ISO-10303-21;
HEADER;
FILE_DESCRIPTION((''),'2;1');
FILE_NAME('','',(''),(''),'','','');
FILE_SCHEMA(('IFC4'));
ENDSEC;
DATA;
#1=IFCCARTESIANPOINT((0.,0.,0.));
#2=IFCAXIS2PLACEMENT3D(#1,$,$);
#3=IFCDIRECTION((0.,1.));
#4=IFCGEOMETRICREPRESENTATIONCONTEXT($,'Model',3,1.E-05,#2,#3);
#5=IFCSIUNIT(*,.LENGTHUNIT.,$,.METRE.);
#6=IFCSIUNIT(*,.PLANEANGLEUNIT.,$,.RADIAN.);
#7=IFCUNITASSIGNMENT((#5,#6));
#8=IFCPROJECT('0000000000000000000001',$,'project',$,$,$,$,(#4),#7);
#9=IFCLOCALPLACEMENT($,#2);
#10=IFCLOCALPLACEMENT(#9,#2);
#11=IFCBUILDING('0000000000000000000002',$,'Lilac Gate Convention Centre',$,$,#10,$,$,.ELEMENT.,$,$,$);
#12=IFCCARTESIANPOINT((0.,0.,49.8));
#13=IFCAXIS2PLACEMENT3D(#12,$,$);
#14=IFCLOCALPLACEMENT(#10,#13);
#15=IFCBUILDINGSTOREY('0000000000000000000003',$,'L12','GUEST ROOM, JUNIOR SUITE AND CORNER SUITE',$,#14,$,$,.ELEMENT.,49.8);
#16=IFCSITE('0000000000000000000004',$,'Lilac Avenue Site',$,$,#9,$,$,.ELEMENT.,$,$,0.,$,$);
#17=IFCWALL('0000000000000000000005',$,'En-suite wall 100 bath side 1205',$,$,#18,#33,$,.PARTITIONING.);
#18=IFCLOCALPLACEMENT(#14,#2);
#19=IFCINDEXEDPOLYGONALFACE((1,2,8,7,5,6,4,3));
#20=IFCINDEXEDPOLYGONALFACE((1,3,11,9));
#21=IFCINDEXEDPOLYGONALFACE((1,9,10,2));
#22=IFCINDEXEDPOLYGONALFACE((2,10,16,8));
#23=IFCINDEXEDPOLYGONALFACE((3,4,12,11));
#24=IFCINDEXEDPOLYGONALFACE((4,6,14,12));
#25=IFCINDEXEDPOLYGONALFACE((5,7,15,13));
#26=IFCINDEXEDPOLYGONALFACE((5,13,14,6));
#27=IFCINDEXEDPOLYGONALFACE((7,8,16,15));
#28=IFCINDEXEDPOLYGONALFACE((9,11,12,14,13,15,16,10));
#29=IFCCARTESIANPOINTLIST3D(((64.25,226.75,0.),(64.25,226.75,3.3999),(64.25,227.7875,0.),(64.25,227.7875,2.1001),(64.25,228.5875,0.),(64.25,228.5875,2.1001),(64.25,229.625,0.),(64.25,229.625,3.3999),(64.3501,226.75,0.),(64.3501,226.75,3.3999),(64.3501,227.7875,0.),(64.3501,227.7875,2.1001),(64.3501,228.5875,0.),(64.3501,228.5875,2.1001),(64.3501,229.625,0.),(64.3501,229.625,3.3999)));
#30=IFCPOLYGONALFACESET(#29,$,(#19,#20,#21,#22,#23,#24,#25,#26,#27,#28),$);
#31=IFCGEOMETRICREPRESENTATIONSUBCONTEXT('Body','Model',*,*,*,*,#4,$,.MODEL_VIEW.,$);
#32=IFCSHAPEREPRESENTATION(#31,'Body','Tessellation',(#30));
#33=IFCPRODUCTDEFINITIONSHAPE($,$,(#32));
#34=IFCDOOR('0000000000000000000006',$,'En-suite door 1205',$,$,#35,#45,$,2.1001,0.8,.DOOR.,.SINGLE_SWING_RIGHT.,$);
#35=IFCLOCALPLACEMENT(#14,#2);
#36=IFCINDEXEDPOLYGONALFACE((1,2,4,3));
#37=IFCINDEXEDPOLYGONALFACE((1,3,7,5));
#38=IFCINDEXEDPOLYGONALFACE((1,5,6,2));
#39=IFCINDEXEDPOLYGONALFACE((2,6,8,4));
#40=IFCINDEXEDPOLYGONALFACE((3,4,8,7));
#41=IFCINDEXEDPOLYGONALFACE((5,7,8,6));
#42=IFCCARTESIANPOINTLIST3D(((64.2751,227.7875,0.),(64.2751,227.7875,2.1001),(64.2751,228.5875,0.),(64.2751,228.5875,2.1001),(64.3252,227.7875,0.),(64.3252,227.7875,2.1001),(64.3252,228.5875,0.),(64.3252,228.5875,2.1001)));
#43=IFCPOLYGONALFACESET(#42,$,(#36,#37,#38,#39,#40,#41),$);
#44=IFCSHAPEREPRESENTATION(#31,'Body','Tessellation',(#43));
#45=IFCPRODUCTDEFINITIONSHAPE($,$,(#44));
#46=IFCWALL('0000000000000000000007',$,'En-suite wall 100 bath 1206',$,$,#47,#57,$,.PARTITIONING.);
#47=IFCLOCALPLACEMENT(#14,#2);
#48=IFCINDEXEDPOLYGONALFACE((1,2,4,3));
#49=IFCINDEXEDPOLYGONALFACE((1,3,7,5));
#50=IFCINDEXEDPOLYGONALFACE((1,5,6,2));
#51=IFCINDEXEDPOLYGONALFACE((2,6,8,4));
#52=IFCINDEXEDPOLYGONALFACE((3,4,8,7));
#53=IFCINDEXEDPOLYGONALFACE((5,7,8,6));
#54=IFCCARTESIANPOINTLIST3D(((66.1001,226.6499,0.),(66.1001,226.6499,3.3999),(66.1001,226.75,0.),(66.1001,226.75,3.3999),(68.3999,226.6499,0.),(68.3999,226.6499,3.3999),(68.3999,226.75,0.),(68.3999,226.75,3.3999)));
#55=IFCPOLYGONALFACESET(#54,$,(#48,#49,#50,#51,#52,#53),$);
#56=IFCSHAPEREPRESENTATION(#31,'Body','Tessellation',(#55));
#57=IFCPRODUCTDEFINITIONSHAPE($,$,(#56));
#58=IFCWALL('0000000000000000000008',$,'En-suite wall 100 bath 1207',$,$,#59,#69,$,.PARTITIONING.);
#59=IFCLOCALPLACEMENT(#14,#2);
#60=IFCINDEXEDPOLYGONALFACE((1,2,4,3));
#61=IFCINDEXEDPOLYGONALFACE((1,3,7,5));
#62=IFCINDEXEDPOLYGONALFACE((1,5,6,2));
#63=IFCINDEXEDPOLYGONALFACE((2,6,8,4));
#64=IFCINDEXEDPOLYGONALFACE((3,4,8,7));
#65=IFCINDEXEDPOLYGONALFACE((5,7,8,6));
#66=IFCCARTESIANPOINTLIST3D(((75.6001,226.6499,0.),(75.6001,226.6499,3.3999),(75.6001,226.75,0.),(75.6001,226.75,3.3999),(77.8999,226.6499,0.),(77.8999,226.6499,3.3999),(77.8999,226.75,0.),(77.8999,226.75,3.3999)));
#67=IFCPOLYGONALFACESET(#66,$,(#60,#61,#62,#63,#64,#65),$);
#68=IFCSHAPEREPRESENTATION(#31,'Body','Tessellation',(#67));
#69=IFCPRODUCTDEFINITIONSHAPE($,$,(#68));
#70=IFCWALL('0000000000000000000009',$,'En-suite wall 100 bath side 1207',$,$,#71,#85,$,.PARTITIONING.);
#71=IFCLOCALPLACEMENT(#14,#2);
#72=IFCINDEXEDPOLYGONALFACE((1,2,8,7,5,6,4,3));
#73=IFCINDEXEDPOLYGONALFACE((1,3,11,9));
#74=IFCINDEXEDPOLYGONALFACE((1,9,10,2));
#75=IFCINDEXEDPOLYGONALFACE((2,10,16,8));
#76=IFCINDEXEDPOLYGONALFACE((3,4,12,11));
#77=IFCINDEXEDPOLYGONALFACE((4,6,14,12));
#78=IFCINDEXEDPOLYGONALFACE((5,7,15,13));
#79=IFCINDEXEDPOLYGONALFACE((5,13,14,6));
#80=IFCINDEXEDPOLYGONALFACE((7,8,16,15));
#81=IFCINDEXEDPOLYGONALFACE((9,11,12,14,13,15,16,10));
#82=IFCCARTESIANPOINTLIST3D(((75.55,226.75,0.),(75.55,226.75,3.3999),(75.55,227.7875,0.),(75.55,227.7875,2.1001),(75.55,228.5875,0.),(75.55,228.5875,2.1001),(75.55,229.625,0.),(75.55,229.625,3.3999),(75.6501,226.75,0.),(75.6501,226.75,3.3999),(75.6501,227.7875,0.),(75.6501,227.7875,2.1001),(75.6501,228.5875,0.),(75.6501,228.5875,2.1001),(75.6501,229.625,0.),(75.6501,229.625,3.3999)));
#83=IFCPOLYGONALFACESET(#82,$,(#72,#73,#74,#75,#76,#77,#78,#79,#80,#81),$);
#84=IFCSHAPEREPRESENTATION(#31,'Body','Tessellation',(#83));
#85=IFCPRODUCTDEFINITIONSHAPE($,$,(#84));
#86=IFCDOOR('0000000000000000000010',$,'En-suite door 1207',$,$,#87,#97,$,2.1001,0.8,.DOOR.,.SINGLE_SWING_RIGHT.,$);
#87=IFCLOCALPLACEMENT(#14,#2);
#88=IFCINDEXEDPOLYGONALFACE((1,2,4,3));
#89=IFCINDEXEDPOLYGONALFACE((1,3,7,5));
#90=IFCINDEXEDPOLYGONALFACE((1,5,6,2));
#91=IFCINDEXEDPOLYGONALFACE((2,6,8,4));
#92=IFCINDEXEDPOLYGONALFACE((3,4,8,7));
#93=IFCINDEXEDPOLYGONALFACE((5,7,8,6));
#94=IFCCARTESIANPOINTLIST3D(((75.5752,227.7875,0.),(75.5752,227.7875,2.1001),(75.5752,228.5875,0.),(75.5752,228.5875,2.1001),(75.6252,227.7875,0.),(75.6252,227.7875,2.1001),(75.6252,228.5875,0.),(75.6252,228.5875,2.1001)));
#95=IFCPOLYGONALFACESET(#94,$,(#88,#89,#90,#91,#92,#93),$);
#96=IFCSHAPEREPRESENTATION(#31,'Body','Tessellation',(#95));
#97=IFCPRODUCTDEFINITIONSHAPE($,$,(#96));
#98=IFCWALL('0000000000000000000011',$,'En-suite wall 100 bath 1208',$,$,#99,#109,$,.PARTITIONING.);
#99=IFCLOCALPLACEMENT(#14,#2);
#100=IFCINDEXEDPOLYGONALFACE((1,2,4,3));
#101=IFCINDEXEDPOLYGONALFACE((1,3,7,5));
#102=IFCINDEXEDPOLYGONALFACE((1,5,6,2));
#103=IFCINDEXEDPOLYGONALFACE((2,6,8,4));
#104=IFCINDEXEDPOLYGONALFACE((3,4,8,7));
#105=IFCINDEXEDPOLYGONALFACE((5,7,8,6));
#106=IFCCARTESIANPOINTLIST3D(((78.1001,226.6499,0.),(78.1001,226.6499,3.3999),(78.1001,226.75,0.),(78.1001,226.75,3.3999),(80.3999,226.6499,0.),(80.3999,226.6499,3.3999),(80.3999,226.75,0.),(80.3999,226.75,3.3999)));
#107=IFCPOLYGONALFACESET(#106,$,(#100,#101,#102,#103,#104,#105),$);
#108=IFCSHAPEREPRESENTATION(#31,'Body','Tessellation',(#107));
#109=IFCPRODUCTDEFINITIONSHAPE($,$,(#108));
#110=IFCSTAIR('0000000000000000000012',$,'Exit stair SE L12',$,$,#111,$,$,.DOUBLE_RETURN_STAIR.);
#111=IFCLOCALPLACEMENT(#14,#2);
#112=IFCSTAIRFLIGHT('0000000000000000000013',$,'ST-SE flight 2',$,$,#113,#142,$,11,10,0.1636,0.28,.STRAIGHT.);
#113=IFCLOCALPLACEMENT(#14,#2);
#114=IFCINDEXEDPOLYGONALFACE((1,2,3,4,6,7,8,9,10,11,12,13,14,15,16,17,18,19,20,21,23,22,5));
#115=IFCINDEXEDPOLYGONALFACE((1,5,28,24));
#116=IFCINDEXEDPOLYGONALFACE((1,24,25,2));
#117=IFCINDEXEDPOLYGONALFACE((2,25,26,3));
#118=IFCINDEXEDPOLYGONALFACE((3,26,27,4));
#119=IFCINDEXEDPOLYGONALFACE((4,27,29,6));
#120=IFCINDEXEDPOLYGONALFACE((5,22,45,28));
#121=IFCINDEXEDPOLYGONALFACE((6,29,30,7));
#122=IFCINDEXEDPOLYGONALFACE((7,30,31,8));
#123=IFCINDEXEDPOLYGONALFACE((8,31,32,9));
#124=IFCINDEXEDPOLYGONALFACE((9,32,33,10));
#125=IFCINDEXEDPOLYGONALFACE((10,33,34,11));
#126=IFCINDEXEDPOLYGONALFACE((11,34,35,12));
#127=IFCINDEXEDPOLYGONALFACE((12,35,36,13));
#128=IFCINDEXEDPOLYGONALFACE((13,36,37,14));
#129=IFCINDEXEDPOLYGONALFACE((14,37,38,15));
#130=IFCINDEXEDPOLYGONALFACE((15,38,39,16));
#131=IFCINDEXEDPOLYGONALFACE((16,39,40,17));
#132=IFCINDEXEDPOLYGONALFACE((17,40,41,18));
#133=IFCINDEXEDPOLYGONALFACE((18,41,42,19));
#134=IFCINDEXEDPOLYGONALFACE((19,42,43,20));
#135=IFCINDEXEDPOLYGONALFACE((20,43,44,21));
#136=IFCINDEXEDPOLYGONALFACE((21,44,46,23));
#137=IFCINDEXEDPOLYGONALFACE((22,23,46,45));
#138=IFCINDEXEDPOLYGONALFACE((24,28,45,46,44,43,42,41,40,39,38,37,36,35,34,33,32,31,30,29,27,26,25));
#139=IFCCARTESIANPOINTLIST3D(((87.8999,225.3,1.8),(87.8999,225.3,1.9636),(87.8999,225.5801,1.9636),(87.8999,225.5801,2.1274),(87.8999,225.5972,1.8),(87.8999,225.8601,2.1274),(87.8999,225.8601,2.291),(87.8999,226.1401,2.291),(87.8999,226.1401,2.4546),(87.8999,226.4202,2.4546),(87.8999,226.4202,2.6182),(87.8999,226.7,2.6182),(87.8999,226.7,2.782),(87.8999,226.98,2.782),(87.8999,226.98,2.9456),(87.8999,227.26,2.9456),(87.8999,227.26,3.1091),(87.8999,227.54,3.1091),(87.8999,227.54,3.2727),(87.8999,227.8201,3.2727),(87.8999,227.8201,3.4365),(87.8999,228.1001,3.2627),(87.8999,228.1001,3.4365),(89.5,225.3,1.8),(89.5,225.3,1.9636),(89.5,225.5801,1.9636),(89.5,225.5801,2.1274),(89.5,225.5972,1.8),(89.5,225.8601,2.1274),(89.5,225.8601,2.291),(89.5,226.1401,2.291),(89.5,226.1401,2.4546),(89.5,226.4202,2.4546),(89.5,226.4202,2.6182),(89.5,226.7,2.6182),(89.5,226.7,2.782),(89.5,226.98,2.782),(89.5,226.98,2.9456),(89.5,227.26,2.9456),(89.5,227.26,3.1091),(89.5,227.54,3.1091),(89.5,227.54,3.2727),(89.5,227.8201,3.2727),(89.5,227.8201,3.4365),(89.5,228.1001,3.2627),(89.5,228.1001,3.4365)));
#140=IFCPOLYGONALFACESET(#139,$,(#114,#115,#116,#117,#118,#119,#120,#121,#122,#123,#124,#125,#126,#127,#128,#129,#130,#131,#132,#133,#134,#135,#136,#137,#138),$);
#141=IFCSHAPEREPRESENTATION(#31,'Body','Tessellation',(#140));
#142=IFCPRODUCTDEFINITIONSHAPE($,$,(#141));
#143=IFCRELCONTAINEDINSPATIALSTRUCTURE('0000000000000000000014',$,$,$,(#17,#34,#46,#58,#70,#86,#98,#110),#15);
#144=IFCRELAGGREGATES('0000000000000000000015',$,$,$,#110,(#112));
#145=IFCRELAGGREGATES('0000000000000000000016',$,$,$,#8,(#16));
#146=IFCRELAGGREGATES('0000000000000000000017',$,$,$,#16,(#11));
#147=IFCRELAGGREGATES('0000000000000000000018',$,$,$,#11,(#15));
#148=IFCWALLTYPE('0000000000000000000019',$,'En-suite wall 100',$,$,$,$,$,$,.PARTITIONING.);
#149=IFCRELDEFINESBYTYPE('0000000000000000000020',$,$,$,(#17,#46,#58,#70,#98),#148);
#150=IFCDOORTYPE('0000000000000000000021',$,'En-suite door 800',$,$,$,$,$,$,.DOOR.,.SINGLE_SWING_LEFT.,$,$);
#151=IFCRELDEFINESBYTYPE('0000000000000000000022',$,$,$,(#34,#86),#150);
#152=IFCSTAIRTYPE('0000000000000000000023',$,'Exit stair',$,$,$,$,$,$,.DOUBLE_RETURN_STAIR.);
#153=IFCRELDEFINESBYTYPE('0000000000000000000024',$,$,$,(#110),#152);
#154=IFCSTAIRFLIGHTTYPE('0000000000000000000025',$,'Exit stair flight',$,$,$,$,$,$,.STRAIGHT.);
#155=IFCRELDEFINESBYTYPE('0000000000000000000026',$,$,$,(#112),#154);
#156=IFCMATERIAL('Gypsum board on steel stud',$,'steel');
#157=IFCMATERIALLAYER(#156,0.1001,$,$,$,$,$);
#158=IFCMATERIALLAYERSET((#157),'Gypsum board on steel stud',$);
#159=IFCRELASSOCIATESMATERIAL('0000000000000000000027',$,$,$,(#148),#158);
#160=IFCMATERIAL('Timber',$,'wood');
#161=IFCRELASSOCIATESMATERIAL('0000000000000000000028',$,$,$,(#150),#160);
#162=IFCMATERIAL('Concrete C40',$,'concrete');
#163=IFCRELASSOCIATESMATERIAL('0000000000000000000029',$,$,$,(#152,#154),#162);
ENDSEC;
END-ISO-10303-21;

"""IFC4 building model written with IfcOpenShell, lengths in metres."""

from ifc_helpers import new_model, si_unit, direction, frame, frame_2d, origin, place, context, subcontext, project, spatial, polyline, rectangle, outline, extrude, material, layer, layer_set, type_object, element, fill, aggregate, save


model = new_model("IFC4")

# Units and contexts
model_context = context("Model", 3, precision=1e-05, world=origin(), true_north=direction((0.0, 1.0)))
body_context = subcontext(model_context, "Body", "Model", "MODEL_VIEW")
ifc_project = project(units=[si_unit("LENGTHUNIT", "METRE"), si_unit("PLANEANGLEUNIT", "RADIAN")], contexts=[model_context])

# Site, building, storey
site_placement = place(None, origin())
site = spatial("IfcSite", under=ifc_project, at=site_placement, Name="Lilac Avenue Site", CompositionType="ELEMENT", RefElevation=0.0)
building_placement = place(site_placement, origin())
building = spatial("IfcBuilding", under=site, at=building_placement, Name="Lilac Gate Convention Centre", CompositionType="ELEMENT")
storey_placement = place(building_placement, frame((0.0, 0.0, 49.8)))
storey = spatial("IfcBuildingStorey", under=building, at=storey_placement, Name="L12", Description="GUEST ROOM, JUNIOR SUITE AND CORNER SUITE", CompositionType="ELEMENT", Elevation=49.8)

# Shared definitions
ifc_material_1 = material(Name="Gypsum board on steel stud", Category="steel")
ifc_layer_1 = layer(ifc_material_1, 0.1001)
ifc_layer_set_1 = layer_set([ifc_layer_1], Name="Gypsum board on steel stud")
wall_type_1 = type_object("IfcWallType", Name="En-suite wall 100", PredefinedType="PARTITIONING", material=ifc_layer_set_1)

# Shared definitions
ifc_material_2 = material(Name="Timber", Category="wood")
door_type = type_object("IfcDoorType", Name="En-suite door 800", OperationType="SINGLE_SWING_LEFT", PredefinedType="DOOR", material=ifc_material_2)

# Wall, opening, door
wall_1_placement = place(storey_placement, frame((64.3, 226.75, 0.0), z_axis=(0.0, 0.0, 1.0), x_axis=(0.0, 1.0, 0.0)))
wall_1 = element("IfcWall", 1, at=wall_1_placement, inside=storey, type_object=wall_type_1, Name="En-suite wall 100 bath side 1205", PredefinedType="PARTITIONING", context=body_context, shape_type="SweptSolid", body=[
    extrude(rectangle(XDim=2.875, YDim=0.1001, at=frame_2d((1.4375, 0.0))), origin(), (0.0, 0.0, 1.0), 3.3999),
])
opening_1_placement = place(wall_1_placement, frame((1.0376, 0.0, 0.0)))
opening_1 = element("IfcOpeningElement", 2, at=opening_1_placement, cuts=wall_1, PredefinedType="OPENING", context=body_context, shape_type="SweptSolid", body=[
    extrude(rectangle(XDim=0.8, YDim=2.1001, at=frame_2d((0.3999, 1.05))), frame((0.0, 0.0601, 0.0), z_axis=(0.0, -1.0, 0.0), x_axis=(1.0, 0.0, 0.0)), (0.0, 0.0, 1.0), 0.1201),
])
door_1_placement = place(opening_1_placement, origin())
door_1 = element("IfcDoor", 3, at=door_1_placement, inside=storey, type_object=door_type, Name="En-suite door 1205", OperationType="SINGLE_SWING_RIGHT", OverallHeight=2.1001, OverallWidth=0.8, PredefinedType="DOOR", context=body_context, shape_type="SweptSolid", body=[
    extrude(rectangle(XDim=0.8, YDim=2.1001, at=frame_2d((0.3999, 1.05))), frame((0.0, 0.0249, 0.0), z_axis=(0.0, -1.0, 0.0), x_axis=(1.0, 0.0, 0.0)), (0.0, 0.0, 1.0), 0.05),
])
fill(opening_1, door_1)

# Walls
for number, where, z_axis, x_axis, name in (
    (4, (66.1001, 226.7, 0.0), (0.0, 0.0, 1.0), (1.0, 0.0, 0.0), "En-suite wall 100 bath 1206"),
    (5, (75.6001, 226.7, 0.0), (0.0, 0.0, 1.0), (1.0, 0.0, 0.0), "En-suite wall 100 bath 1207"),
):
    element("IfcWall", number, at=place(storey_placement, frame(where, z_axis=z_axis, x_axis=x_axis)), inside=storey, type_object=wall_type_1, Name=name, PredefinedType="PARTITIONING", context=body_context, shape_type="SweptSolid", body=[
        extrude(rectangle(XDim=2.2998, YDim=0.1001, at=frame_2d((1.1499, 0.0))), origin(), (0.0, 0.0, 1.0), 3.3999),
    ])

# Wall, opening, door
wall_2_placement = place(storey_placement, frame((75.6001, 226.75, 0.0), z_axis=(0.0, 0.0, 1.0), x_axis=(0.0, 1.0, 0.0)))
wall_2 = element("IfcWall", 6, at=wall_2_placement, inside=storey, type_object=wall_type_1, Name="En-suite wall 100 bath side 1207", PredefinedType="PARTITIONING", context=body_context, shape_type="SweptSolid", body=[
    extrude(rectangle(XDim=2.875, YDim=0.1001, at=frame_2d((1.4375, 0.0))), origin(), (0.0, 0.0, 1.0), 3.3999),
])
opening_2_placement = place(wall_2_placement, frame((1.0376, 0.0, 0.0)))
opening_2 = element("IfcOpeningElement", 7, at=opening_2_placement, cuts=wall_2, PredefinedType="OPENING", context=body_context, shape_type="SweptSolid", body=[
    extrude(rectangle(XDim=0.8, YDim=2.1001, at=frame_2d((0.3999, 1.05))), frame((0.0, 0.0601, 0.0), z_axis=(0.0, -1.0, 0.0), x_axis=(1.0, 0.0, 0.0)), (0.0, 0.0, 1.0), 0.1201),
])
door_2_placement = place(opening_2_placement, origin())
door_2 = element("IfcDoor", 8, at=door_2_placement, inside=storey, type_object=door_type, Name="En-suite door 1207", OperationType="SINGLE_SWING_RIGHT", OverallHeight=2.1001, OverallWidth=0.8, PredefinedType="DOOR", context=body_context, shape_type="SweptSolid", body=[
    extrude(rectangle(XDim=0.8, YDim=2.1001, at=frame_2d((0.3999, 1.05))), frame((0.0, 0.0249, 0.0), z_axis=(0.0, -1.0, 0.0), x_axis=(1.0, 0.0, 0.0)), (0.0, 0.0, 1.0), 0.05),
])
fill(opening_2, door_2)

# Wall
wall_3_placement = place(storey_placement, frame((78.1001, 226.7, 0.0), z_axis=(0.0, 0.0, 1.0), x_axis=(1.0, 0.0, 0.0)))
element("IfcWall", 9, at=wall_3_placement, inside=storey, type_object=wall_type_1, Name="En-suite wall 100 bath 1208", PredefinedType="PARTITIONING", context=body_context, shape_type="SweptSolid", body=[
    extrude(rectangle(XDim=2.2998, YDim=0.1001, at=frame_2d((1.1499, 0.0))), origin(), (0.0, 0.0, 1.0), 3.3999),
])

# Stair, stair flight
ifc_material_3 = material(Name="Concrete C40", Category="concrete")
stair_type = type_object("IfcStairType", Name="Exit stair", PredefinedType="DOUBLE_RETURN_STAIR", material=ifc_material_3)
stair_placement = place(storey_placement, origin())
stair = element("IfcStair", 10, at=stair_placement, inside=storey, type_object=stair_type, Name="Exit stair SE L12", PredefinedType="DOUBLE_RETURN_STAIR")
stair_flight_type = type_object("IfcStairFlightType", Name="Exit stair flight", PredefinedType="STRAIGHT", material=ifc_material_3)
stair_flight_placement = place(storey_placement, frame((88.7, 225.3, 1.8), z_axis=(0.0, 0.0, 1.0), x_axis=(0.0, 1.0, 0.0)))
stair_flight = element("IfcStairFlight", 11, at=stair_flight_placement, type_object=stair_flight_type, Name="ST-SE flight 2", NumberOfRisers=11, NumberOfTreads=10, PredefinedType="STRAIGHT", RiserHeight=0.1636, TreadLength=0.28, context=body_context, shape_type="SweptSolid", body=[
    extrude(outline(polyline([(0.0, 0.0), (0.0, 0.1636), (0.28, 0.1636), (0.28, 0.3274), (0.5601, 0.3274), (0.5601, 0.491), (0.8401, 0.491), (0.8401, 0.6545), (1.1201, 0.6545), (1.1201, 0.8181), (1.3999, 0.8181), (1.3999, 0.9819), (1.6799, 0.9819), (1.6799, 1.1455), (1.96, 1.1455), (1.96, 1.3091), (2.24, 1.3091), (2.24, 1.4727), (2.52, 1.4727), (2.52, 1.6365), (2.8, 1.6365), (2.8, 1.8), (2.8, 1.4626), (0.2971, 0.0), (0.0, 0.0)])), frame((0.0, 0.8, 0.0), z_axis=(0.0, -1.0, 0.0), x_axis=(1.0, 0.0, 0.0)), (0.0, 0.0, 1.0), 1.6001),
])
aggregate(stair, [stair_flight])

save(model, "model.ifc")
